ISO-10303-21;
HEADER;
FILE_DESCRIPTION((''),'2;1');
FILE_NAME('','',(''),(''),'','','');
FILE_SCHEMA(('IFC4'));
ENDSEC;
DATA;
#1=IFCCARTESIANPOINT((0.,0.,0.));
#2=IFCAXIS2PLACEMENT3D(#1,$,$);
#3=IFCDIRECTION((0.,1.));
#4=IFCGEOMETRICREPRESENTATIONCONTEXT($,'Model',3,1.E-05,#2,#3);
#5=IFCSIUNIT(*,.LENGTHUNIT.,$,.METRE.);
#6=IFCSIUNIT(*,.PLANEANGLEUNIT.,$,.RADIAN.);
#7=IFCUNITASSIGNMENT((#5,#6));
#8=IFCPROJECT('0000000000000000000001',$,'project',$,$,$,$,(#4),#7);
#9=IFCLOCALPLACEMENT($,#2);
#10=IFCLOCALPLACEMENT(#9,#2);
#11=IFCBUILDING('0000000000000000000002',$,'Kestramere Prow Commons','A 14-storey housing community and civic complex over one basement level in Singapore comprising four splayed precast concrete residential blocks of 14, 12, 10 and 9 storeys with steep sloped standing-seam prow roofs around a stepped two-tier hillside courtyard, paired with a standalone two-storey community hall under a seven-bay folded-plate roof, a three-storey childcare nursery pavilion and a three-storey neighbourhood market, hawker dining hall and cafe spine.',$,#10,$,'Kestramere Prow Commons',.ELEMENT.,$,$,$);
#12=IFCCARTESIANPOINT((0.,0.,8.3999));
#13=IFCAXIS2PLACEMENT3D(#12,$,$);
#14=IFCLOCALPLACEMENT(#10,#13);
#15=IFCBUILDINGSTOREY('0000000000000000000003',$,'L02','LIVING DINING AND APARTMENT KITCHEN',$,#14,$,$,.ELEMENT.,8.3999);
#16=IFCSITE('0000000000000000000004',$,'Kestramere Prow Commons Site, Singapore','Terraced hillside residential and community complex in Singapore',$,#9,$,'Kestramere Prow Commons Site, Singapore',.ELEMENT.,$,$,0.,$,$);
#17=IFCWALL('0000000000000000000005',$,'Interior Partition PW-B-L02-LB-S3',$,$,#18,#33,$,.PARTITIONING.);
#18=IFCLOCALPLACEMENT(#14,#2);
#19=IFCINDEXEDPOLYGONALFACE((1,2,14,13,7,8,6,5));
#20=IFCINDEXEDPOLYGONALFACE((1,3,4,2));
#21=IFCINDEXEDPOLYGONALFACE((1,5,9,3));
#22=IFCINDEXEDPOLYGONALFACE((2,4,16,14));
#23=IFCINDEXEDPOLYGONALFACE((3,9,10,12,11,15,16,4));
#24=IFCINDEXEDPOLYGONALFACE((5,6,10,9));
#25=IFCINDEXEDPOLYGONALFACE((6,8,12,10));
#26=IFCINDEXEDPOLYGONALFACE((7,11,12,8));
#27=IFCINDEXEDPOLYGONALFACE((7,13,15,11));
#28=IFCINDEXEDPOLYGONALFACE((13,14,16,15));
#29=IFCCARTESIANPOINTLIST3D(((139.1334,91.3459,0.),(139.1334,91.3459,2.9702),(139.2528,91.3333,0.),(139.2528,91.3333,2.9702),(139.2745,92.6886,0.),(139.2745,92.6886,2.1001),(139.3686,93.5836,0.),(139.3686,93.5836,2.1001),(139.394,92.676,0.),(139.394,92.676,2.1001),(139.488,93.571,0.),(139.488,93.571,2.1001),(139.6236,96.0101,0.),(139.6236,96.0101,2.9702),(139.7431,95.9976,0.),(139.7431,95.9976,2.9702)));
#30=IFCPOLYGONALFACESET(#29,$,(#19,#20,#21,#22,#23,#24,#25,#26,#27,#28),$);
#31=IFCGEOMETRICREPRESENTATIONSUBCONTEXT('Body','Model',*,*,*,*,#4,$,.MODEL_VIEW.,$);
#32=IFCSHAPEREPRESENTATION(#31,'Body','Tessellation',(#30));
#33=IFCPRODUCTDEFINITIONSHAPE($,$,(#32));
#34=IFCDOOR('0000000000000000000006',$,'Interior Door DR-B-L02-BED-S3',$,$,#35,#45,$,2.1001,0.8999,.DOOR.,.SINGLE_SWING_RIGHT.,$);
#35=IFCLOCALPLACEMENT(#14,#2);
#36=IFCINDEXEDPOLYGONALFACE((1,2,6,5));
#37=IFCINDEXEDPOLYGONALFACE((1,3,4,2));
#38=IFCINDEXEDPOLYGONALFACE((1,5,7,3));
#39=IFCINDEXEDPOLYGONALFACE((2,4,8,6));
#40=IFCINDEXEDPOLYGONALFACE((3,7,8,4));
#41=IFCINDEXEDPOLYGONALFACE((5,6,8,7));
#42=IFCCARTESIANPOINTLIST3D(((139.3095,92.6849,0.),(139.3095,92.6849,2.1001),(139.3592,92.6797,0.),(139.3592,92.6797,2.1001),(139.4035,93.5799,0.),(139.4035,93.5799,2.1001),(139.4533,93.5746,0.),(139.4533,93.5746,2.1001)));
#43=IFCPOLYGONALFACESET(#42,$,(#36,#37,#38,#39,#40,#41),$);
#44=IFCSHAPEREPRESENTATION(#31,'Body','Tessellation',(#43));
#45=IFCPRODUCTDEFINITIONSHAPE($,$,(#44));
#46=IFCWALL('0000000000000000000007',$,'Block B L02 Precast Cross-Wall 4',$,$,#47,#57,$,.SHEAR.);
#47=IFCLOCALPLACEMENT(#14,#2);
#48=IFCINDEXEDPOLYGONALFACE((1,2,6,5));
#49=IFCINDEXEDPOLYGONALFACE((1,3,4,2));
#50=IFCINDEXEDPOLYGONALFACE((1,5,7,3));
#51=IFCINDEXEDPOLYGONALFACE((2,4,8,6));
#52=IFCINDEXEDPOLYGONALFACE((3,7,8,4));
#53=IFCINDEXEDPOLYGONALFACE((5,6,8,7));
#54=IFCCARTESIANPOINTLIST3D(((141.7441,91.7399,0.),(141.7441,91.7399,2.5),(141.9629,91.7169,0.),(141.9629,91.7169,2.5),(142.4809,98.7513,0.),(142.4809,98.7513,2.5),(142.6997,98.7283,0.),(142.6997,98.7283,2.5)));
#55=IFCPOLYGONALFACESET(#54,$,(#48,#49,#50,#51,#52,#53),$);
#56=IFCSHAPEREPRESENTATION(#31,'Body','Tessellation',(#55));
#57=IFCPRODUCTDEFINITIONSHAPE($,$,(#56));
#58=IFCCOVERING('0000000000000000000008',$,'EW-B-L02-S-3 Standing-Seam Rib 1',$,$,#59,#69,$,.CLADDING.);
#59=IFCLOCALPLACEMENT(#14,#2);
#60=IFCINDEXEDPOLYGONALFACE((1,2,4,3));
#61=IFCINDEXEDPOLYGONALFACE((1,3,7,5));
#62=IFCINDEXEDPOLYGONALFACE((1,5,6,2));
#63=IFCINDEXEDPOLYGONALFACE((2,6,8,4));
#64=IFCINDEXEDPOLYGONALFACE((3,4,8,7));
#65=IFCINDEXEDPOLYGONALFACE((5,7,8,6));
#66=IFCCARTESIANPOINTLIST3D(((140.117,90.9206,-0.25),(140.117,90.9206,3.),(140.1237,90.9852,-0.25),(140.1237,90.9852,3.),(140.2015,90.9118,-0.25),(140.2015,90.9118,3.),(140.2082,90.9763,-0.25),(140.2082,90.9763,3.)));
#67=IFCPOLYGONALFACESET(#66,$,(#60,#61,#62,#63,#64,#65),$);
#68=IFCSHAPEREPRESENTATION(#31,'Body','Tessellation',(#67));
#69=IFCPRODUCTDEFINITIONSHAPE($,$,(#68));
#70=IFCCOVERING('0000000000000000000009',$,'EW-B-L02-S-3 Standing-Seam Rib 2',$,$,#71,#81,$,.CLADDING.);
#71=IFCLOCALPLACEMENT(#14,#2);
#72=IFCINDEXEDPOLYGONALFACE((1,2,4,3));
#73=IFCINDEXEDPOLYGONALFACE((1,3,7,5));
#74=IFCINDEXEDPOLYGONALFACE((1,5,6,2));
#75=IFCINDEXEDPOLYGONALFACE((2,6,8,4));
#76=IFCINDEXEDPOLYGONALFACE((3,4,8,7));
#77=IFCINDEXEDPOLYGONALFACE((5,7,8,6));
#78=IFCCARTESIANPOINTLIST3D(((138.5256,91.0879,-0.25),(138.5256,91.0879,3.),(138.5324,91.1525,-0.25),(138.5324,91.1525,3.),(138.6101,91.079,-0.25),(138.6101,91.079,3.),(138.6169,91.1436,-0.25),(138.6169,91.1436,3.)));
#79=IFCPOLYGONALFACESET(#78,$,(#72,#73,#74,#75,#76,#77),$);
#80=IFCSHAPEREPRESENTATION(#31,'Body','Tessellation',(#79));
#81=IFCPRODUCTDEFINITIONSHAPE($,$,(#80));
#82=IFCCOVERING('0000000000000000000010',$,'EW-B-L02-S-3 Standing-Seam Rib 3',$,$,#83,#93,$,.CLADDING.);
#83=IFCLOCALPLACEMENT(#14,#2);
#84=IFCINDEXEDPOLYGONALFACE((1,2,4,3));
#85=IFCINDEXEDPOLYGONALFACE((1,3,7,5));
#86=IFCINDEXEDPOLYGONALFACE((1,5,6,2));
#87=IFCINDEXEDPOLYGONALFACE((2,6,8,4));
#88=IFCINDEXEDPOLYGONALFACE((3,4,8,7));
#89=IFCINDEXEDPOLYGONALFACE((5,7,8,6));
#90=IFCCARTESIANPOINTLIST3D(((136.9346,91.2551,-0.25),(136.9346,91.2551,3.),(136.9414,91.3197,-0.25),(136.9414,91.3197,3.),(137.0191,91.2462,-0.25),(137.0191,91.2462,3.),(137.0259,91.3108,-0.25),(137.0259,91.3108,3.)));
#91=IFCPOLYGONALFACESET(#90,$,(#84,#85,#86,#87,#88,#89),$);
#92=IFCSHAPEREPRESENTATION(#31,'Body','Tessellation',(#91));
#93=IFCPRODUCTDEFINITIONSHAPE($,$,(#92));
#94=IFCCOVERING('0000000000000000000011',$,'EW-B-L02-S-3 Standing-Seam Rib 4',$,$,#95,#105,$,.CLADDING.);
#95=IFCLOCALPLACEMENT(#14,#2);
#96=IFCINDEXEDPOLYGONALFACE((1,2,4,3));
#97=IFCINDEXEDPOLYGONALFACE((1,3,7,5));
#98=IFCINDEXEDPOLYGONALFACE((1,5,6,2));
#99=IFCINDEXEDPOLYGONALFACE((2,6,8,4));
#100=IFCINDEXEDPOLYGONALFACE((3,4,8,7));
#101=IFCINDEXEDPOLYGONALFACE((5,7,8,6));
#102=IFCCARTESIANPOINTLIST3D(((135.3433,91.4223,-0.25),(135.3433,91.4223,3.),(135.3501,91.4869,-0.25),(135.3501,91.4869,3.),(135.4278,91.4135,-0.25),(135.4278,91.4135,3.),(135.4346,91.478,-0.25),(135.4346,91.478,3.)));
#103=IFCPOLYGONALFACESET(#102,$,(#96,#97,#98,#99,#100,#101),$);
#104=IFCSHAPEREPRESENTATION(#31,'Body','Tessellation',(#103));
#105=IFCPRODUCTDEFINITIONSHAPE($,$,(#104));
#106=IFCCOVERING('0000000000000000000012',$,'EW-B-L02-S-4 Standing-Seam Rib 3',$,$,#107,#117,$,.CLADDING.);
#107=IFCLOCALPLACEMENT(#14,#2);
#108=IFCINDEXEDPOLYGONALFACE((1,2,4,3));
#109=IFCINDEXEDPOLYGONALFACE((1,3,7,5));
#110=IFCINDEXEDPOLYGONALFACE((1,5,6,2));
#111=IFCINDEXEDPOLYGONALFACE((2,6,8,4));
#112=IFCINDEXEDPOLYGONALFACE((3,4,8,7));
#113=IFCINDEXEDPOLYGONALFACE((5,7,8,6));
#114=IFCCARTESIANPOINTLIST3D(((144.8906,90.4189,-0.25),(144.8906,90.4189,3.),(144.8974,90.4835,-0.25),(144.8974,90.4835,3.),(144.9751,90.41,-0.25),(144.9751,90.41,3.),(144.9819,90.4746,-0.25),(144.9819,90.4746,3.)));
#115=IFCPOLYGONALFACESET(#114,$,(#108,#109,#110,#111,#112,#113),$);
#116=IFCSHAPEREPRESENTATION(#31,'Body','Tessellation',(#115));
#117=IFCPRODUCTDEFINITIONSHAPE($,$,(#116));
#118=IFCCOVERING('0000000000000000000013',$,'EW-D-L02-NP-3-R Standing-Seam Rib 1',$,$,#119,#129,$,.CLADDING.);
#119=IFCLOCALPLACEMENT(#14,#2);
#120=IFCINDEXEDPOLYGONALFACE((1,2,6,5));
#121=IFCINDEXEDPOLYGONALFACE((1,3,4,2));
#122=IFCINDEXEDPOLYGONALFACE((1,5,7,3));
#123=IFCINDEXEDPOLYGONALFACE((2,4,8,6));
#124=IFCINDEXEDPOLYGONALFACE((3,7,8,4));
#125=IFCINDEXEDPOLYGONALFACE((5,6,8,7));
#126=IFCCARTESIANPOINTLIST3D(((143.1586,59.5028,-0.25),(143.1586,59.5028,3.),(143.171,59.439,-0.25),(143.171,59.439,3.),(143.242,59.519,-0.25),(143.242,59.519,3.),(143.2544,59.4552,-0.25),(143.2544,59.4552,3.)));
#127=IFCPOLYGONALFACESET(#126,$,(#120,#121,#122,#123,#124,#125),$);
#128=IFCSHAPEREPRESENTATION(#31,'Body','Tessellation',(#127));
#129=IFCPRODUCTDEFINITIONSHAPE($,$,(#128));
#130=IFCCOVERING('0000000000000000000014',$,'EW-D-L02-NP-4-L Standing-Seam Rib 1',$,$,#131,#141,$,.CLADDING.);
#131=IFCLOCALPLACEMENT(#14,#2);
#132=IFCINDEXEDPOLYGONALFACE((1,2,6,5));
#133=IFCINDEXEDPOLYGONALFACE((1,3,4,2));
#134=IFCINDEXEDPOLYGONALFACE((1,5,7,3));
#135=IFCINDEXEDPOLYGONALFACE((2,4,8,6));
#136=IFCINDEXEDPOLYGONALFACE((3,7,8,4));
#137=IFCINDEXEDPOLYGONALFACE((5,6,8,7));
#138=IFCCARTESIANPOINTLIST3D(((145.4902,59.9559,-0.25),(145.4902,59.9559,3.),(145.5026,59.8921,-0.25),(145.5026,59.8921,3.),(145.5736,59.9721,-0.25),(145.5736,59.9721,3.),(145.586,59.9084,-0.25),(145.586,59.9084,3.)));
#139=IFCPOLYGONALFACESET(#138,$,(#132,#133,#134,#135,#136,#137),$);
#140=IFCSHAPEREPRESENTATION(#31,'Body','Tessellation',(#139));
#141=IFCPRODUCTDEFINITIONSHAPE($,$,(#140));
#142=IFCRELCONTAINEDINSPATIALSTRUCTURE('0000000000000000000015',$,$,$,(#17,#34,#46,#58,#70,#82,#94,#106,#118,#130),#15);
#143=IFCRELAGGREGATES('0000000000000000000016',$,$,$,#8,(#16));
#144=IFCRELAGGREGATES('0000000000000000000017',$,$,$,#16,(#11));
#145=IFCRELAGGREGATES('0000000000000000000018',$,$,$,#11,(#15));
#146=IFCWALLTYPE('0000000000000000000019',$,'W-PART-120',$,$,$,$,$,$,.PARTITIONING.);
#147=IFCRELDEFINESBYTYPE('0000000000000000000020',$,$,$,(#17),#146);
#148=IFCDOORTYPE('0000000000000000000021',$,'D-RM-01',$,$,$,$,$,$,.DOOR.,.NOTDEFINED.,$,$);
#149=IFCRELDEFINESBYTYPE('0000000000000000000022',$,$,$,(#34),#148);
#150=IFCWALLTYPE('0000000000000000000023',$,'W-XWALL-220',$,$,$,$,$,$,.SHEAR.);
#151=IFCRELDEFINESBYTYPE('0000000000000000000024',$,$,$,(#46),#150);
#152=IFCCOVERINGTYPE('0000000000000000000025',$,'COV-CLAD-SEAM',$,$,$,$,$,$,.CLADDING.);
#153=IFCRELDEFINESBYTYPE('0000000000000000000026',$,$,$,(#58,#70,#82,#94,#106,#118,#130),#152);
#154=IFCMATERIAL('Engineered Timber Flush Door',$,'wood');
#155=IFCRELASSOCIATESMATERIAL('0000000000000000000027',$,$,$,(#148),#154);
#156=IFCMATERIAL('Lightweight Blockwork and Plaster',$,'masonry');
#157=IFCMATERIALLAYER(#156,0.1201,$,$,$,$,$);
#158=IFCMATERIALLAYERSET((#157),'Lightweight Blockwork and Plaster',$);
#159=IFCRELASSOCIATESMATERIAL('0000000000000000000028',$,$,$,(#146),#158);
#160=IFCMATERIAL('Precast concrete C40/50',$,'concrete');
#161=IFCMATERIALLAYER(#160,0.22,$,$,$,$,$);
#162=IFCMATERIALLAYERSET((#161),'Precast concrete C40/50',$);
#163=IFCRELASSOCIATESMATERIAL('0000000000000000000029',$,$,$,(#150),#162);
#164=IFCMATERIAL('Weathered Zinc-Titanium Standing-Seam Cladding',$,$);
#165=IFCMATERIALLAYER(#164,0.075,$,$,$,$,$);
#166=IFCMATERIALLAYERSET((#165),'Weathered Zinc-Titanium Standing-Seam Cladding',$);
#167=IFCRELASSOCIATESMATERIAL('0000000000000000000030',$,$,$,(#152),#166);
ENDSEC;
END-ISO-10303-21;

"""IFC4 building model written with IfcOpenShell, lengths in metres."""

from ifc_helpers import new_model, si_unit, direction, frame, frame_2d, origin, origin_2d, place, context, subcontext, project, spatial, rectangle, extrude, material, layer, layer_set, type_object, element, fill, save


model = new_model("IFC4")

# Units and contexts
model_context = context("Model", 3, precision=1e-05, world=origin(), true_north=direction((0.0, 1.0)))
body_context = subcontext(model_context, "Body", "Model", "MODEL_VIEW")
ifc_project = project(units=[si_unit("LENGTHUNIT", "METRE"), si_unit("PLANEANGLEUNIT", "RADIAN")], contexts=[model_context])

# Site, building, storey
site_placement = place(None, origin())
site = spatial("IfcSite", under=ifc_project, at=site_placement, Name="Kestramere Prow Commons Site, Singapore", Description="Terraced hillside residential and community complex in Singapore", LongName="Kestramere Prow Commons Site, Singapore", CompositionType="ELEMENT", RefElevation=0.0)
building_placement = place(site_placement, origin())
building = spatial("IfcBuilding", under=site, at=building_placement, Name="Kestramere Prow Commons", Description="A 14-storey housing community and civic complex over one basement level in Singapore comprising four splayed precast concrete residential blocks of 14, 12, 10 and 9 storeys with steep sloped standing-seam prow roofs around a stepped two-tier hillside courtyard, paired with a standalone two-storey community hall under a seven-bay folded-plate roof, a three-storey childcare nursery pavilion and a three-storey neighbourhood market, hawker dining hall and cafe spine.", LongName="Kestramere Prow Commons", CompositionType="ELEMENT")
storey_placement = place(building_placement, frame((0.0, 0.0, 8.3999)))
storey = spatial("IfcBuildingStorey", under=building, at=storey_placement, Name="L02", Description="LIVING DINING AND APARTMENT KITCHEN", CompositionType="ELEMENT", Elevation=8.3999)

# Shared definitions
ifc_material_1 = material(Name="Precast concrete C40/50", Category="concrete")

# Wall, opening, door
ifc_material_2 = material(Name="Engineered Timber Flush Door", Category="wood")
door_type = type_object("IfcDoorType", Name="D-RM-01", OperationType="NOTDEFINED", PredefinedType="DOOR", material=ifc_material_2)
ifc_material_3 = material(Name="Lightweight Blockwork and Plaster", Category="masonry")
ifc_layer_1 = layer(ifc_material_3, 0.1201)
ifc_layer_set_1 = layer_set([ifc_layer_1], Name="Lightweight Blockwork and Plaster")
wall_type_1 = type_object("IfcWallType", Name="W-PART-120", PredefinedType="PARTITIONING", material=ifc_layer_set_1)
wall_1_placement = place(storey_placement, frame((139.1931, 91.3396, 0.0), z_axis=(0.0, 0.0, 1.0), x_axis=(0.104528, 0.994522, 0.0)))
wall_1 = element("IfcWall", 1, at=wall_1_placement, inside=storey, type_object=wall_type_1, Name="Interior Partition PW-B-L02-LB-S3", PredefinedType="PARTITIONING", context=body_context, shape_type="SweptSolid", body=[
    extrude(rectangle(XDim=4.6899, YDim=0.1201, at=frame_2d((2.345, 0.0))), origin(), (0.0, 0.0, 1.0), 2.9702),
])
opening_1_placement = place(wall_1_placement, frame((1.3501, 0.0, 0.0)))
opening_1 = element("IfcOpeningElement", 2, at=opening_1_placement, cuts=wall_1, PredefinedType="OPENING", context=body_context, shape_type="SweptSolid", body=[
    extrude(rectangle(XDim=0.8999, YDim=2.1001, at=frame_2d((0.45, 1.05))), frame((0.0, 0.075, 0.0), z_axis=(0.0, -1.0, 0.0), x_axis=(1.0, 0.0, 0.0)), (0.0, 0.0, 1.0), 0.1501),
])
door_1_placement = place(opening_1_placement, origin())
door_1 = element("IfcDoor", 3, at=door_1_placement, inside=storey, type_object=door_type, Name="Interior Door DR-B-L02-BED-S3", OperationType="SINGLE_SWING_RIGHT", OverallHeight=2.1001, OverallWidth=0.8999, PredefinedType="DOOR", context=body_context, shape_type="SweptSolid", body=[
    extrude(rectangle(XDim=0.8999, YDim=2.1001, at=frame_2d((0.45, 1.05))), frame((0.0, 0.0249, 0.0), z_axis=(0.0, -1.0, 0.0), x_axis=(1.0, 0.0, 0.0)), (0.0, 0.0, 1.0), 0.05),
])
fill(opening_1, door_1)

# Wall
ifc_layer_2 = layer(ifc_material_1, 0.22)
ifc_layer_set_2 = layer_set([ifc_layer_2], Name="Precast concrete C40/50")
wall_type_2 = type_object("IfcWallType", Name="W-XWALL-220", PredefinedType="SHEAR", material=ifc_layer_set_2)
wall_2_placement = place(storey_placement, frame((141.8535, 91.7285, 0.0), z_axis=(0.0, 0.0, 1.0), x_axis=(0.104512, 0.994524, 0.0)))
element("IfcWall", 4, at=wall_2_placement, inside=storey, type_object=wall_type_2, Name="Block B L02 Precast Cross-Wall 4", PredefinedType="SHEAR", context=body_context, shape_type="SweptSolid", body=[
    extrude(rectangle(XDim=7.05, YDim=0.22, at=frame_2d((3.5249, 0.0))), origin(), (0.0, 0.0, 1.0), 2.5),
])

# Coverings
ifc_material_4 = material(Name="Weathered Zinc-Titanium Standing-Seam Cladding")
ifc_layer_3 = layer(ifc_material_4, 0.075)
ifc_layer_set_3 = layer_set([ifc_layer_3], Name="Weathered Zinc-Titanium Standing-Seam Cladding")
covering_type = type_object("IfcCoveringType", Name="COV-CLAD-SEAM", PredefinedType="CLADDING", material=ifc_layer_set_3)
for number, where, z_axis, x_axis, name in (
    (5, (140.1626, 90.9485, -0.25), (0.0, 0.0, 1.0), (-0.994522, 0.104528, 0.0), "EW-B-L02-S-3 Standing-Seam Rib 1"),
    (6, (138.5713, 91.1157, -0.25), (0.0, 0.0, 1.0), (-0.994522, 0.104528, 0.0), "EW-B-L02-S-3 Standing-Seam Rib 2"),
    (7, (136.9802, 91.283, -0.25), (0.0, 0.0, 1.0), (-0.994522, 0.104528, 0.0), "EW-B-L02-S-3 Standing-Seam Rib 3"),
    (8, (135.3889, 91.4502, -0.25), (0.0, 0.0, 1.0), (-0.994522, 0.104528, 0.0), "EW-B-L02-S-3 Standing-Seam Rib 4"),
    (9, (144.9363, 90.4468, -0.25), (0.0, 0.0, 1.0), (-0.994522, 0.104528, 0.0), "EW-B-L02-S-4 Standing-Seam Rib 3"),
    (10, (143.2065, 59.479, -0.25), (0.0, 0.0, 1.0), (0.981627, 0.190809, 0.0), "EW-D-L02-NP-3-R Standing-Seam Rib 1"),
    (11, (145.5381, 59.9321, -0.25), (0.0, 0.0, 1.0), (0.981627, 0.190809, 0.0), "EW-D-L02-NP-4-L Standing-Seam Rib 1"),
):
    element("IfcCovering", number, at=place(storey_placement, frame(where, z_axis=z_axis, x_axis=x_axis)), inside=storey, type_object=covering_type, Name=name, PredefinedType="CLADDING", context=body_context, shape_type="SweptSolid", body=[
        extrude(rectangle(XDim=0.085, YDim=0.0649, at=origin_2d()), origin(), (0.0, 0.0, 1.0), 3.25),
    ])

save(model, "model.ifc")
